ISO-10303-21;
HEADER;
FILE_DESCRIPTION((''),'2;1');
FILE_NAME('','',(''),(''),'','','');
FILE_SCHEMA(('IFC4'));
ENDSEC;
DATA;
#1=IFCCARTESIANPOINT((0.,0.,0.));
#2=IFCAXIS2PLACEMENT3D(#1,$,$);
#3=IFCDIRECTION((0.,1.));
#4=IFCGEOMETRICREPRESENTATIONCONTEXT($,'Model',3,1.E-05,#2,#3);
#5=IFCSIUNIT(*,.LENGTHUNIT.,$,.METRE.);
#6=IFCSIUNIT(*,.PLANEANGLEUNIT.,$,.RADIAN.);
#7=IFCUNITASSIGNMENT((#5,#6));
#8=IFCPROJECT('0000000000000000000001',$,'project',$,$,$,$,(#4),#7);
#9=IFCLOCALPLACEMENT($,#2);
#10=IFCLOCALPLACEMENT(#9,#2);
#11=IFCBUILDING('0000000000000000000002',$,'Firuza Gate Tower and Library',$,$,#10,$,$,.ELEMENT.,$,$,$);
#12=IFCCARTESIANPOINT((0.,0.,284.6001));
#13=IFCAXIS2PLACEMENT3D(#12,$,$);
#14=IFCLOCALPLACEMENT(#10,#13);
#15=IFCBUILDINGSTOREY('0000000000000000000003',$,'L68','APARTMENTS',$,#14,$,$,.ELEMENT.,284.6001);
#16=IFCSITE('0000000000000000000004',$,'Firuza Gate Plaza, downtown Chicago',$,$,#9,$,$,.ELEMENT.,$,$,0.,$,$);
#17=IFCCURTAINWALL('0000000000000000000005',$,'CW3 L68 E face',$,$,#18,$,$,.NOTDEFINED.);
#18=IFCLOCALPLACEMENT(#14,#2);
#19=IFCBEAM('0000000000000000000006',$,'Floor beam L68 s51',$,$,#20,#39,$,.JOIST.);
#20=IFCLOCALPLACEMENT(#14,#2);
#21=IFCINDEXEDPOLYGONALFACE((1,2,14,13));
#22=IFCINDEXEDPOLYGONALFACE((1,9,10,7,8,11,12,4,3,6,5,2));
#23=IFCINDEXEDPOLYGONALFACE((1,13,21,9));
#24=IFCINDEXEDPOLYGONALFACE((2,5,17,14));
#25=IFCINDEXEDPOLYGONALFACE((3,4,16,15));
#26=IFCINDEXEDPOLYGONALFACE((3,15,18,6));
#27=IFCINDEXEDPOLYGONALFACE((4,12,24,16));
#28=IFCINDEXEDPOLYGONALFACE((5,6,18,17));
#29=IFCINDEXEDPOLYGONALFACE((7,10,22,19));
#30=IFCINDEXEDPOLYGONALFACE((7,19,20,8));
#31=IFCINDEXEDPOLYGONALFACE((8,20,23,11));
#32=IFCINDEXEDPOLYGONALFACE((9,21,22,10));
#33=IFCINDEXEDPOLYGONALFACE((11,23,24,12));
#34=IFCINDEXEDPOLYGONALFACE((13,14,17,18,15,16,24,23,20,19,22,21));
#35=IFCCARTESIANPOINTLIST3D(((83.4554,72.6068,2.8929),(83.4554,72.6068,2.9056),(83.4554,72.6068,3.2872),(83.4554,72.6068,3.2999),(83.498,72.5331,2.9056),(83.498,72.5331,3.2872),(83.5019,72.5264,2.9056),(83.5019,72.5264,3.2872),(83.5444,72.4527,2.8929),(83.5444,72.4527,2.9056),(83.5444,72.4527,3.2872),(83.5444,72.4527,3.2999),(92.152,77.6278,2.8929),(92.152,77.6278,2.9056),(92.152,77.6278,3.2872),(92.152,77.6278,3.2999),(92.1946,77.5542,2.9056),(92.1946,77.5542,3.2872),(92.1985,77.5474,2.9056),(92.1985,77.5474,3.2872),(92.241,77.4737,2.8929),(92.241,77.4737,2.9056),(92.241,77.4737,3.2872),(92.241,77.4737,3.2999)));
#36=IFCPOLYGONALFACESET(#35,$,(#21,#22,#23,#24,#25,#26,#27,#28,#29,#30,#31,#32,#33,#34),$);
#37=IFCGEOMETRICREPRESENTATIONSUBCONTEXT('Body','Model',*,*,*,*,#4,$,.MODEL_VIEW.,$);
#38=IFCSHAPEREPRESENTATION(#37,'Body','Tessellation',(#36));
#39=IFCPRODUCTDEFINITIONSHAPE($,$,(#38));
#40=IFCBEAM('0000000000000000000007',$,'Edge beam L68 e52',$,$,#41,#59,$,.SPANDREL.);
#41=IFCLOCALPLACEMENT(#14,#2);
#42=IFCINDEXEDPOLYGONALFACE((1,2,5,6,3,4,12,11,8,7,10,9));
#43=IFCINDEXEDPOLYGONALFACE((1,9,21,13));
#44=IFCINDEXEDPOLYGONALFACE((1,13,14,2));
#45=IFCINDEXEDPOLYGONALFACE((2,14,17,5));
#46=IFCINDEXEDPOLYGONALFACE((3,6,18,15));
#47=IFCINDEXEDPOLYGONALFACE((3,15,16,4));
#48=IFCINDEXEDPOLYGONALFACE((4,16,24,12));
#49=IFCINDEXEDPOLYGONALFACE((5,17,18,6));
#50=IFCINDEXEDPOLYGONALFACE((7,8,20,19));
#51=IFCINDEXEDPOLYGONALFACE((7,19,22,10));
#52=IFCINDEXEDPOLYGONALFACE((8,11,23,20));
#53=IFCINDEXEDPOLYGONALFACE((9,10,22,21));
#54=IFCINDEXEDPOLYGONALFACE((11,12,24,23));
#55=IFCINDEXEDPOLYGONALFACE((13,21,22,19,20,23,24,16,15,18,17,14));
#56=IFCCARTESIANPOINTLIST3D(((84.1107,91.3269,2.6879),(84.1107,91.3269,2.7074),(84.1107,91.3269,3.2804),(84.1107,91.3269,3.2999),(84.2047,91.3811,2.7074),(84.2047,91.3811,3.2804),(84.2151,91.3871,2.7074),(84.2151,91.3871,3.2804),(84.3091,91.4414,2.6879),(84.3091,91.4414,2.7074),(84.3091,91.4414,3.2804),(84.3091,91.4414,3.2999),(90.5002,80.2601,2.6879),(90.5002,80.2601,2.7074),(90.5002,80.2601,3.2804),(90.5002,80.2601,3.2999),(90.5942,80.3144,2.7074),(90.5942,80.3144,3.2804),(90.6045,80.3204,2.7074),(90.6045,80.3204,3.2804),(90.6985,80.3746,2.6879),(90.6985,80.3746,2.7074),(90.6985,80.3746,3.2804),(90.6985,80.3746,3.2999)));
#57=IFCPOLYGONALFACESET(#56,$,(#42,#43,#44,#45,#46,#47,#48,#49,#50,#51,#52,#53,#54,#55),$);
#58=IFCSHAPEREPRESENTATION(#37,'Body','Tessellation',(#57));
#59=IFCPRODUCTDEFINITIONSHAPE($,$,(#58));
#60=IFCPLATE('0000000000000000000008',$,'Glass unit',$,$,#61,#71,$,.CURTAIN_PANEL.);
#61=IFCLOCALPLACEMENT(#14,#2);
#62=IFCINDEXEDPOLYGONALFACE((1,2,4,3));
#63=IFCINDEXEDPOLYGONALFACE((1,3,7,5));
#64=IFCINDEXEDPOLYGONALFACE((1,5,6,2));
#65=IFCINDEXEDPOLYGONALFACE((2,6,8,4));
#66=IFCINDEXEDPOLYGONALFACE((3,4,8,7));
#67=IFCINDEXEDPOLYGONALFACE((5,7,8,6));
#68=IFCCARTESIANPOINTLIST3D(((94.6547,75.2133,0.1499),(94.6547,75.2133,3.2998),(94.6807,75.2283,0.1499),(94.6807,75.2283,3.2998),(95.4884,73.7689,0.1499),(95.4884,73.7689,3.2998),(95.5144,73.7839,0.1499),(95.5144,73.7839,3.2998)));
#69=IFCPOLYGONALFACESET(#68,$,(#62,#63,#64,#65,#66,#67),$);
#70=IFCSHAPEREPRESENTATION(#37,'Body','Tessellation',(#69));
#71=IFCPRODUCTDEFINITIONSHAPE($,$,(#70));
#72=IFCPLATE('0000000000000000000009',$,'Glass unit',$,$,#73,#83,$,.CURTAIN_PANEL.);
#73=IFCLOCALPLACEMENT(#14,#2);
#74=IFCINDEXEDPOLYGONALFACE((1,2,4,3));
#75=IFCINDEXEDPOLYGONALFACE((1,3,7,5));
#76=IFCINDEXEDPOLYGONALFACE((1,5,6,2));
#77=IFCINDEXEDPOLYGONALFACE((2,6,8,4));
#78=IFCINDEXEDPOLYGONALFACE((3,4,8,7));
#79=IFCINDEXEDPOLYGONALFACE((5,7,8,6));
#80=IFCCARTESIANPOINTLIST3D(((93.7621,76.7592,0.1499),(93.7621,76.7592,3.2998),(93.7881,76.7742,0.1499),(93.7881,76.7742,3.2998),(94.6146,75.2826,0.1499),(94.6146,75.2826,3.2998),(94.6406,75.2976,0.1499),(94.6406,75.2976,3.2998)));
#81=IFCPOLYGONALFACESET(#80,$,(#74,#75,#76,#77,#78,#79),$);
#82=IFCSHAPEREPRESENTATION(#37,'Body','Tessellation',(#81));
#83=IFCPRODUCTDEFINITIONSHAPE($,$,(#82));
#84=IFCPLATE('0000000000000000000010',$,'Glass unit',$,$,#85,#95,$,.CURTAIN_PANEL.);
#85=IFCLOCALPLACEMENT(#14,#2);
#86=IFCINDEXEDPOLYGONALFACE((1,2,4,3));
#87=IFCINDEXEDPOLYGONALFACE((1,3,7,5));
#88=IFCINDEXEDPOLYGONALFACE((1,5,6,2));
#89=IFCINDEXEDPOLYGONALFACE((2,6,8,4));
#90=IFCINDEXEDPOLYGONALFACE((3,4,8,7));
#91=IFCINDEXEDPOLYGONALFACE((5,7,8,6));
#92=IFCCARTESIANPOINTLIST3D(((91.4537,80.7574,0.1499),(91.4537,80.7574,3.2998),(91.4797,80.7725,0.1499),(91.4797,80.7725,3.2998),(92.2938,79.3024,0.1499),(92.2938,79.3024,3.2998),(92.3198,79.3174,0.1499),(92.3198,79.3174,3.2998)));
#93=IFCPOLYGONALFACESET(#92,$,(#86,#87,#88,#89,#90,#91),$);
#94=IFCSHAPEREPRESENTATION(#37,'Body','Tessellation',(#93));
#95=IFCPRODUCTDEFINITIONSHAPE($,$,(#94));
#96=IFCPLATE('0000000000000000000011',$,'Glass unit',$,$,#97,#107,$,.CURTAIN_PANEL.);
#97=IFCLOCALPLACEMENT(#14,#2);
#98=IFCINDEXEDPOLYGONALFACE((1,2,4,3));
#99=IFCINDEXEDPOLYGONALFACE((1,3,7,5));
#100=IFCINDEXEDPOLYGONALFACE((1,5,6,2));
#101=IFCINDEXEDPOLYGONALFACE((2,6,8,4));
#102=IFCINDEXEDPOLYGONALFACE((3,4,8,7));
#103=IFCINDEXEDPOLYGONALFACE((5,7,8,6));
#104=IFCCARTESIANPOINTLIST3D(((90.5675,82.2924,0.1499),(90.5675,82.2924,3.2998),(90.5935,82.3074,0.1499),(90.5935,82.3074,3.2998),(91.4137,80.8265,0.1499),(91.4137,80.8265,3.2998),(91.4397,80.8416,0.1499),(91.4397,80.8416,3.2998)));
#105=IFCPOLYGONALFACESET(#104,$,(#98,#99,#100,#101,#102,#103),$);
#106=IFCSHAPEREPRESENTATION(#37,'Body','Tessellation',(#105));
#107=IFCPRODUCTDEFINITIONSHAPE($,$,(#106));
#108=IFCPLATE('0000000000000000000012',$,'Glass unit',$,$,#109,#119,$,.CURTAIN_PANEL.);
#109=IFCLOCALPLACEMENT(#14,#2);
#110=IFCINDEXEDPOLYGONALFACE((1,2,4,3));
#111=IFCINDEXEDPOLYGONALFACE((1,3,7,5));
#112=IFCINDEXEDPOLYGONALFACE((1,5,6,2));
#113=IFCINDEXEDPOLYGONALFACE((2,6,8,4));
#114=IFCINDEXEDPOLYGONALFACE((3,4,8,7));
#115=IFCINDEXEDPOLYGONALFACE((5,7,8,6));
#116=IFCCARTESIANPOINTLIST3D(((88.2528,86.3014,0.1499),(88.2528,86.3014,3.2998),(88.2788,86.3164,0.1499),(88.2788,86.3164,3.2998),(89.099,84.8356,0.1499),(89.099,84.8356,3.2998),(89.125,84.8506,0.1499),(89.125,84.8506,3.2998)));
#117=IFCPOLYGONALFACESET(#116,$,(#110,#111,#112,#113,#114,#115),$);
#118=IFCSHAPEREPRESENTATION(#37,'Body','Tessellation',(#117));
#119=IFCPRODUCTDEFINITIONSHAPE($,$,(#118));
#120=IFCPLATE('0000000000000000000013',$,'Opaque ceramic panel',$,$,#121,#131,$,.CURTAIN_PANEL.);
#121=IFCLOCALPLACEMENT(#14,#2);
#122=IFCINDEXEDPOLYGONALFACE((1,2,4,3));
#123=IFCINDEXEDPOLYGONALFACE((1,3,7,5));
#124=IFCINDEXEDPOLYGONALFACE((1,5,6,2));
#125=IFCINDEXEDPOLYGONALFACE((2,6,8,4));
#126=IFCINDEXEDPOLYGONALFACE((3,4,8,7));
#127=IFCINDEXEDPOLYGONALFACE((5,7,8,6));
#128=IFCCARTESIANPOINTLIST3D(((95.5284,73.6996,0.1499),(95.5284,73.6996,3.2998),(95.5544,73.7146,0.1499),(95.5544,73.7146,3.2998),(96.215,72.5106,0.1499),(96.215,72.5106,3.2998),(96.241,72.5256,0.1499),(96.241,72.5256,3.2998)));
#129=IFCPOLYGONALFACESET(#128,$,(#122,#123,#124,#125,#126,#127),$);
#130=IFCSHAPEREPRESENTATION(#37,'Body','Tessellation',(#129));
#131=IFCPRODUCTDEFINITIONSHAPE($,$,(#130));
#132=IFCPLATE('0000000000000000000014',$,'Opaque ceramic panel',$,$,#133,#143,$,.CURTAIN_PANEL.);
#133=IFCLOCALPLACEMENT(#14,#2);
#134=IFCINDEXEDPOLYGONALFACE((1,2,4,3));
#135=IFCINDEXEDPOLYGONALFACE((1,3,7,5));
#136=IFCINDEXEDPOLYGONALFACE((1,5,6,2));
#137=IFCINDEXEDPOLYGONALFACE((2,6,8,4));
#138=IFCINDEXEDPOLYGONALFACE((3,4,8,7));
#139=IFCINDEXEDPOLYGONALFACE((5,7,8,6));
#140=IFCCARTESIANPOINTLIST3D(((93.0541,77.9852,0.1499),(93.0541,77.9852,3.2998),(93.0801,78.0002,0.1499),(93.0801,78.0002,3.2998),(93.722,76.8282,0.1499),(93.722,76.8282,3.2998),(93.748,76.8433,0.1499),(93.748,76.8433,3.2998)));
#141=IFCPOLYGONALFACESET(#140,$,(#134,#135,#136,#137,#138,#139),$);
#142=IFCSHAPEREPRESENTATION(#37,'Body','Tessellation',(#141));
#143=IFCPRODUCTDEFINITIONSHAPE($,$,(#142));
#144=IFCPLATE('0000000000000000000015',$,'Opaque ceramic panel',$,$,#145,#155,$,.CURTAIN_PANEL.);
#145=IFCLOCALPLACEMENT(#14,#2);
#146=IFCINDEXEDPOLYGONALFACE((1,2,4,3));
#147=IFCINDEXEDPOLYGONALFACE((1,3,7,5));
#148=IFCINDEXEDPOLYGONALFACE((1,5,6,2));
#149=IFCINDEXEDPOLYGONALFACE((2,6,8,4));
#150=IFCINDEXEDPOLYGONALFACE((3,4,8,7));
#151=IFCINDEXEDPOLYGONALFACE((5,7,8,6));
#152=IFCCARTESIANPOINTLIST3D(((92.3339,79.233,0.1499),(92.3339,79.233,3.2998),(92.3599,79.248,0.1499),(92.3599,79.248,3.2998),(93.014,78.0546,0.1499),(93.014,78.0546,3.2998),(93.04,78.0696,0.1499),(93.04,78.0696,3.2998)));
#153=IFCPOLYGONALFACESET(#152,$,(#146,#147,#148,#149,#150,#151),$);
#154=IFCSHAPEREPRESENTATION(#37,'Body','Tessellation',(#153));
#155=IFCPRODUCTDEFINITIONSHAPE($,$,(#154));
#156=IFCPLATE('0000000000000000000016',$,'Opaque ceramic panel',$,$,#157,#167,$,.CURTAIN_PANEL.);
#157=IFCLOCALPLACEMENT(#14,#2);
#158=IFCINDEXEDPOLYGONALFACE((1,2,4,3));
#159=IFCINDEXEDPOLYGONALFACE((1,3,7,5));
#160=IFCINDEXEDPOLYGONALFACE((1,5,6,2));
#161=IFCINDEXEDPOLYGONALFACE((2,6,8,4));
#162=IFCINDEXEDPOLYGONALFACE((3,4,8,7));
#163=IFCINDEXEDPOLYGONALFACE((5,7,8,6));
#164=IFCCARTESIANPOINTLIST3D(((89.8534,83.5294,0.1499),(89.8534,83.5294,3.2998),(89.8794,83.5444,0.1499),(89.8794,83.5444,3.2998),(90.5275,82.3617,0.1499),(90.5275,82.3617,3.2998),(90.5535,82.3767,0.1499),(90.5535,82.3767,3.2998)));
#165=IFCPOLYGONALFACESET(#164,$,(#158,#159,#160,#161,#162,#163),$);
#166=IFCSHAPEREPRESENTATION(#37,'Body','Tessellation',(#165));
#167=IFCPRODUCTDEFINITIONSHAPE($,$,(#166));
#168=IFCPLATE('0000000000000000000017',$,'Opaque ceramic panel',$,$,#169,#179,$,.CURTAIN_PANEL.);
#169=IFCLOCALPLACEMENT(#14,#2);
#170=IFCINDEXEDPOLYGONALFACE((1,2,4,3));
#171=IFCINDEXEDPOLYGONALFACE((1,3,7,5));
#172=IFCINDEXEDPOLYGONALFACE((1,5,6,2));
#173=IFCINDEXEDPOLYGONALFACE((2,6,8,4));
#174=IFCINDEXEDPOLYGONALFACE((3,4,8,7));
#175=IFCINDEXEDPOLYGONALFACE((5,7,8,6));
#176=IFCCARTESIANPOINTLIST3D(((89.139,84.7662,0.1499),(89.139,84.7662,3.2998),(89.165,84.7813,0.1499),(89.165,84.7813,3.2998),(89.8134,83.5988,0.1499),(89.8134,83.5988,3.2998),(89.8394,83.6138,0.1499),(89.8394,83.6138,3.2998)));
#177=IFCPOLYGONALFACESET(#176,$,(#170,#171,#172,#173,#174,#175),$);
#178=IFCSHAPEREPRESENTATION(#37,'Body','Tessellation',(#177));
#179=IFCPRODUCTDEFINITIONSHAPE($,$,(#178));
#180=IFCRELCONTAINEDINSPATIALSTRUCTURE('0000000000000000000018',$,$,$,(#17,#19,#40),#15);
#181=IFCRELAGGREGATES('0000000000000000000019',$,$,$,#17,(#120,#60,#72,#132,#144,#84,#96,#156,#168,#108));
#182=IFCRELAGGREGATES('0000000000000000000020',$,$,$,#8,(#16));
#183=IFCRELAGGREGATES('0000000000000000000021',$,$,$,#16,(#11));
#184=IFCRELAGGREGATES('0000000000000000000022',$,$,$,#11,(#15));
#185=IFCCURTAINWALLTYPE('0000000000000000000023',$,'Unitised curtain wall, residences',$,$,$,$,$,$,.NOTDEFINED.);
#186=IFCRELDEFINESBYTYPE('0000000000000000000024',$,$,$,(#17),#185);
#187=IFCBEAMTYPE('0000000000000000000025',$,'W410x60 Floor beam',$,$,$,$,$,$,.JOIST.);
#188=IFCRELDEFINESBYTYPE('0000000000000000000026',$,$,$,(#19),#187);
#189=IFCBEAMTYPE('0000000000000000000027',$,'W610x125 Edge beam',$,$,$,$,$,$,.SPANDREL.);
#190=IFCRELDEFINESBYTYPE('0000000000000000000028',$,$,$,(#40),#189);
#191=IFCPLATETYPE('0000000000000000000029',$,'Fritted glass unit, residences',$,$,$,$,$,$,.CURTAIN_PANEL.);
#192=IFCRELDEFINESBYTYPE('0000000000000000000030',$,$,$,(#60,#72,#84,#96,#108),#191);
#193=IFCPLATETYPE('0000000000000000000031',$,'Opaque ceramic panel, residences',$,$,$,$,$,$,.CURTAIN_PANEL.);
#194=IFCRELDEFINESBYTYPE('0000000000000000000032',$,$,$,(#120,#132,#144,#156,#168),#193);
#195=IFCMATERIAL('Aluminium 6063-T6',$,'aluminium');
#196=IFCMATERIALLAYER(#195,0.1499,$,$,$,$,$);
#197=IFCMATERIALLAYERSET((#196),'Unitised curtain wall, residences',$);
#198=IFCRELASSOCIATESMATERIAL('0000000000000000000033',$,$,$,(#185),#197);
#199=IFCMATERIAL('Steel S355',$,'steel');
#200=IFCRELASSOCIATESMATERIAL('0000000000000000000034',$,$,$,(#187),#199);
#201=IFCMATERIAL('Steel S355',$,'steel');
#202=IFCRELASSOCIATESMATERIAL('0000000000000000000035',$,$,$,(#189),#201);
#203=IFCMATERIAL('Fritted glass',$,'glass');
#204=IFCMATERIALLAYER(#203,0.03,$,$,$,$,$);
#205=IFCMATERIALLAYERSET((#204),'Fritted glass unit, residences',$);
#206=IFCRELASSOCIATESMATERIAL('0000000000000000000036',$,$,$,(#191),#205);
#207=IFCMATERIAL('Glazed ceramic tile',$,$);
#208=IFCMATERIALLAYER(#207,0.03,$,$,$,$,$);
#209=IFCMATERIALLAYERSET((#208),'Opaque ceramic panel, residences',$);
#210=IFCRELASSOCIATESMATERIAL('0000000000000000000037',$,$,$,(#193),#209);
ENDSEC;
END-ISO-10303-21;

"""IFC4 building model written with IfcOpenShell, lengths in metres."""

from ifc_helpers import new_model, si_unit, direction, frame, origin, origin_2d, place, context, subcontext, project, spatial, polyline, i_section, outline, extrude, material, layer, layer_set, material_profile, profile_set, type_object, element, aggregate, save


model = new_model("IFC4")

# Units and contexts
model_context = context("Model", 3, precision=1e-05, world=origin(), true_north=direction((0.0, 1.0)))
body_context = subcontext(model_context, "Body", "Model", "MODEL_VIEW")
ifc_project = project(units=[si_unit("LENGTHUNIT", "METRE"), si_unit("PLANEANGLEUNIT", "RADIAN")], contexts=[model_context])

# Site, building, storey
site_placement = place(None, origin())
site = spatial("IfcSite", under=ifc_project, at=site_placement, Name="Firuza Gate Plaza, downtown Chicago", CompositionType="ELEMENT", RefElevation=0.0)
building_placement = place(site_placement, origin())
building = spatial("IfcBuilding", under=site, at=building_placement, Name="Firuza Gate Tower and Library", CompositionType="ELEMENT")
storey_placement = place(building_placement, frame((0.0, 0.0, 284.6001)))
storey = spatial("IfcBuildingStorey", under=building, at=storey_placement, Name="L68", Description="APARTMENTS", CompositionType="ELEMENT", Elevation=284.6001)

# Curtain wall
ifc_material_1 = material(Name="Aluminium 6063-T6", Category="aluminium")
ifc_layer_1 = layer(ifc_material_1, 0.1499)
ifc_layer_set_1 = layer_set([ifc_layer_1], Name="Unitised curtain wall, residences")
curtain_wall_type = type_object("IfcCurtainWallType", Name="Unitised curtain wall, residences", PredefinedType="NOTDEFINED", material=ifc_layer_set_1)
curtain_wall_placement = place(storey_placement, origin())
curtain_wall = element("IfcCurtainWall", 1, at=curtain_wall_placement, inside=storey, type_object=curtain_wall_type, Name="CW3 L68 E face", PredefinedType="NOTDEFINED")

# Beams
ifc_material_2 = material(Name="Steel S355", Category="steel")
ifc_material_profile_1 = material_profile(ifc_material_2, i_section(OverallWidth=0.178, OverallDepth=0.407, WebThickness=0.0078, FlangeThickness=0.0127, at=origin_2d()))
ifc_profile_set_1 = profile_set([ifc_material_profile_1], Name="Steel S355")
beam_type_1 = type_object("IfcBeamType", Name="W410x60 Floor beam", PredefinedType="JOIST", material=ifc_profile_set_1)
beam_1_placement = place(storey_placement, frame((92.1965, 77.5508, 3.0964), z_axis=(-0.866023, -0.500004, 0.0), x_axis=(0.500004, -0.866023, 0.0)))
element("IfcBeam", 2, at=beam_1_placement, inside=storey, type_object=beam_type_1, Name="Floor beam L68 s51", PredefinedType="JOIST", context=body_context, shape_type="SweptSolid", body=[
    extrude(i_section(OverallWidth=0.178, OverallDepth=0.407, WebThickness=0.0078, FlangeThickness=0.0127, at=origin_2d()), origin(), (0.0, 0.0, 1.0), 10.042),
])
ifc_material_3 = material(Name="Steel S355", Category="steel")
ifc_material_profile_2 = material_profile(ifc_material_3, i_section(OverallWidth=0.229, OverallDepth=0.6121, WebThickness=0.012, FlangeThickness=0.0195, at=origin_2d()))
ifc_profile_set_2 = profile_set([ifc_material_profile_2], Name="Steel S355")
beam_type_2 = type_object("IfcBeamType", Name="W610x125 Edge beam", PredefinedType="SPANDREL", material=ifc_profile_set_2)
beam_2_placement = place(storey_placement, frame((90.5994, 80.3174, 2.9939), z_axis=(-0.500004, 0.866023, 0.0), x_axis=(-0.866023, -0.500004, 0.0)))
element("IfcBeam", 3, at=beam_2_placement, inside=storey, type_object=beam_type_2, Name="Edge beam L68 e52", PredefinedType="SPANDREL", context=body_context, shape_type="SweptSolid", body=[
    extrude(i_section(OverallWidth=0.229, OverallDepth=0.6121, WebThickness=0.012, FlangeThickness=0.0195, at=origin_2d()), origin(), (0.0, 0.0, 1.0), 12.7788),
])

# Plates
ifc_material_4 = material(Name="Fritted glass", Category="glass")
ifc_layer_2 = layer(ifc_material_4, 0.03)
ifc_layer_set_2 = layer_set([ifc_layer_2], Name="Fritted glass unit, residences")
plate_type_1 = type_object("IfcPlateType", Name="Fritted glass unit, residences", PredefinedType="CURTAIN_PANEL", material=ifc_layer_set_2)
plate_1_placement = place(storey_placement, frame((95.5144, 73.7839, 0.1499), z_axis=(0.866064, 0.499934, 0.0), x_axis=(-0.499934, 0.866064, 0.0)))
plate_1 = element("IfcPlate", 4, at=plate_1_placement, type_object=plate_type_1, Name="Glass unit", PredefinedType="CURTAIN_PANEL", context=body_context, shape_type="SweptSolid", body=[
    extrude(outline(polyline([(0.0, 0.0), (1.6677, 0.0), (1.6677, 3.1499), (0.0, 3.1499), (0.0, 0.0)])), origin(), (0.0, 0.0, -1.0), 0.03),
])
plate_2_placement = place(storey_placement, frame((94.6406, 75.2976, 0.1499), z_axis=(0.866014, 0.50002, 0.0), x_axis=(-0.50002, 0.866014, 0.0)))
plate_2 = element("IfcPlate", 5, at=plate_2_placement, type_object=plate_type_1, Name="Glass unit", PredefinedType="CURTAIN_PANEL", context=body_context, shape_type="SweptSolid", body=[
    extrude(outline(polyline([(0.0, 0.0), (1.705, 0.0), (1.705, 3.1499), (0.0, 3.1499), (0.0, 0.0)])), origin(), (0.0, 0.0, -1.0), 0.03),
])
plate_3_placement = place(storey_placement, frame((92.3198, 79.3174, 0.1499), z_axis=(0.866026, 0.499999, 0.0), x_axis=(-0.499999, 0.866026, 0.0)))
plate_3 = element("IfcPlate", 6, at=plate_3_placement, type_object=plate_type_1, Name="Glass unit", PredefinedType="CURTAIN_PANEL", context=body_context, shape_type="SweptSolid", body=[
    extrude(outline(polyline([(0.0, 0.0), (1.6802, 0.0), (1.6802, 3.1499), (0.0, 3.1499), (0.0, 0.0)])), origin(), (0.0, 0.0, -1.0), 0.03),
])
plate_4_placement = place(storey_placement, frame((91.4397, 80.8416, 0.1499), z_axis=(0.866051, 0.499956, 0.0), x_axis=(-0.499956, 0.866051, 0.0)))
plate_4 = element("IfcPlate", 7, at=plate_4_placement, type_object=plate_type_1, Name="Glass unit", PredefinedType="CURTAIN_PANEL", context=body_context, shape_type="SweptSolid", body=[
    extrude(outline(polyline([(0.0, 0.0), (1.6925, 0.0), (1.6925, 3.1499), (0.0, 3.1499), (0.0, 0.0)])), origin(), (0.0, 0.0, -1.0), 0.03),
])
plate_5_placement = place(storey_placement, frame((89.125, 84.8506, 0.1499), z_axis=(0.866051, 0.499956, 0.0), x_axis=(-0.499956, 0.866051, 0.0)))
plate_5 = element("IfcPlate", 8, at=plate_5_placement, type_object=plate_type_1, Name="Glass unit", PredefinedType="CURTAIN_PANEL", context=body_context, shape_type="SweptSolid", body=[
    extrude(outline(polyline([(0.0, 0.0), (1.6925, 0.0), (1.6925, 3.1499), (0.0, 3.1499), (0.0, 0.0)])), origin(), (0.0, 0.0, -1.0), 0.03),
])
ifc_material_5 = material(Name="Glazed ceramic tile")
ifc_layer_3 = layer(ifc_material_5, 0.03)
ifc_layer_set_3 = layer_set([ifc_layer_3], Name="Opaque ceramic panel, residences")
plate_type_2 = type_object("IfcPlateType", Name="Opaque ceramic panel, residences", PredefinedType="CURTAIN_PANEL", material=ifc_layer_set_3)
plate_6_placement = place(storey_placement, frame((96.241, 72.5256, 0.1499), z_axis=(0.866002, 0.500041, 0.0), x_axis=(-0.500041, 0.866002, 0.0)))
plate_6 = element("IfcPlate", 9, at=plate_6_placement, type_object=plate_type_2, Name="Opaque ceramic panel", PredefinedType="CURTAIN_PANEL", context=body_context, shape_type="SweptSolid", body=[
    extrude(outline(polyline([(0.0, 0.0), (1.3729, 0.0), (1.3729, 3.1499), (0.0, 3.1499), (0.0, 0.0)])), origin(), (0.0, 0.0, -1.0), 0.03),
])
plate_7_placement = place(storey_placement, frame((93.748, 76.8433, 0.1499), z_axis=(0.86603, 0.499991, 0.0), x_axis=(-0.499991, 0.86603, 0.0)))
plate_7 = element("IfcPlate", 10, at=plate_7_placement, type_object=plate_type_2, Name="Opaque ceramic panel", PredefinedType="CURTAIN_PANEL", context=body_context, shape_type="SweptSolid", body=[
    extrude(outline(polyline([(0.0, 0.0), (1.336, 0.0), (1.336, 3.1499), (0.0, 3.1499), (0.0, 0.0)])), origin(), (0.0, 0.0, -1.0), 0.03),
])
plate_8_placement = place(storey_placement, frame((93.04, 78.0696, 0.1499), z_axis=(0.866093, 0.499883, 0.0), x_axis=(-0.499883, 0.866093, 0.0)))
plate_8 = element("IfcPlate", 11, at=plate_8_placement, type_object=plate_type_2, Name="Opaque ceramic panel", PredefinedType="CURTAIN_PANEL", context=body_context, shape_type="SweptSolid", body=[
    extrude(outline(polyline([(0.0, 0.0), (1.3607, 0.0), (1.3607, 3.1499), (0.0, 3.1499), (0.0, 0.0)])), origin(), (0.0, 0.0, -1.0), 0.03),
])
plate_9_placement = place(storey_placement, frame((90.5535, 82.3767, 0.1499), z_axis=(0.866062, 0.499937, 0.0), x_axis=(-0.499937, 0.866062, 0.0)))
plate_9 = element("IfcPlate", 12, at=plate_9_placement, type_object=plate_type_2, Name="Opaque ceramic panel", PredefinedType="CURTAIN_PANEL", context=body_context, shape_type="SweptSolid", body=[
    extrude(outline(polyline([(0.0, 0.0), (1.3483, 0.0), (1.3483, 3.1499), (0.0, 3.1499), (0.0, 0.0)])), origin(), (0.0, 0.0, -1.0), 0.03),
])
plate_10_placement = place(storey_placement, frame((89.8394, 83.6138, 0.1499), z_axis=(0.865938, 0.500151, 0.0), x_axis=(-0.500151, 0.865938, 0.0)))
plate_10 = element("IfcPlate", 13, at=plate_10_placement, type_object=plate_type_2, Name="Opaque ceramic panel", PredefinedType="CURTAIN_PANEL", context=body_context, shape_type="SweptSolid", body=[
    extrude(outline(polyline([(0.0, 0.0), (1.3482, 0.0), (1.3482, 3.1499), (0.0, 3.1499), (0.0, 0.0)])), origin(), (0.0, 0.0, -1.0), 0.03),
])
aggregate(curtain_wall, [plate_6, plate_1, plate_2, plate_7, plate_8, plate_3, plate_4, plate_9, plate_10, plate_5])

save(model, "model.ifc")
